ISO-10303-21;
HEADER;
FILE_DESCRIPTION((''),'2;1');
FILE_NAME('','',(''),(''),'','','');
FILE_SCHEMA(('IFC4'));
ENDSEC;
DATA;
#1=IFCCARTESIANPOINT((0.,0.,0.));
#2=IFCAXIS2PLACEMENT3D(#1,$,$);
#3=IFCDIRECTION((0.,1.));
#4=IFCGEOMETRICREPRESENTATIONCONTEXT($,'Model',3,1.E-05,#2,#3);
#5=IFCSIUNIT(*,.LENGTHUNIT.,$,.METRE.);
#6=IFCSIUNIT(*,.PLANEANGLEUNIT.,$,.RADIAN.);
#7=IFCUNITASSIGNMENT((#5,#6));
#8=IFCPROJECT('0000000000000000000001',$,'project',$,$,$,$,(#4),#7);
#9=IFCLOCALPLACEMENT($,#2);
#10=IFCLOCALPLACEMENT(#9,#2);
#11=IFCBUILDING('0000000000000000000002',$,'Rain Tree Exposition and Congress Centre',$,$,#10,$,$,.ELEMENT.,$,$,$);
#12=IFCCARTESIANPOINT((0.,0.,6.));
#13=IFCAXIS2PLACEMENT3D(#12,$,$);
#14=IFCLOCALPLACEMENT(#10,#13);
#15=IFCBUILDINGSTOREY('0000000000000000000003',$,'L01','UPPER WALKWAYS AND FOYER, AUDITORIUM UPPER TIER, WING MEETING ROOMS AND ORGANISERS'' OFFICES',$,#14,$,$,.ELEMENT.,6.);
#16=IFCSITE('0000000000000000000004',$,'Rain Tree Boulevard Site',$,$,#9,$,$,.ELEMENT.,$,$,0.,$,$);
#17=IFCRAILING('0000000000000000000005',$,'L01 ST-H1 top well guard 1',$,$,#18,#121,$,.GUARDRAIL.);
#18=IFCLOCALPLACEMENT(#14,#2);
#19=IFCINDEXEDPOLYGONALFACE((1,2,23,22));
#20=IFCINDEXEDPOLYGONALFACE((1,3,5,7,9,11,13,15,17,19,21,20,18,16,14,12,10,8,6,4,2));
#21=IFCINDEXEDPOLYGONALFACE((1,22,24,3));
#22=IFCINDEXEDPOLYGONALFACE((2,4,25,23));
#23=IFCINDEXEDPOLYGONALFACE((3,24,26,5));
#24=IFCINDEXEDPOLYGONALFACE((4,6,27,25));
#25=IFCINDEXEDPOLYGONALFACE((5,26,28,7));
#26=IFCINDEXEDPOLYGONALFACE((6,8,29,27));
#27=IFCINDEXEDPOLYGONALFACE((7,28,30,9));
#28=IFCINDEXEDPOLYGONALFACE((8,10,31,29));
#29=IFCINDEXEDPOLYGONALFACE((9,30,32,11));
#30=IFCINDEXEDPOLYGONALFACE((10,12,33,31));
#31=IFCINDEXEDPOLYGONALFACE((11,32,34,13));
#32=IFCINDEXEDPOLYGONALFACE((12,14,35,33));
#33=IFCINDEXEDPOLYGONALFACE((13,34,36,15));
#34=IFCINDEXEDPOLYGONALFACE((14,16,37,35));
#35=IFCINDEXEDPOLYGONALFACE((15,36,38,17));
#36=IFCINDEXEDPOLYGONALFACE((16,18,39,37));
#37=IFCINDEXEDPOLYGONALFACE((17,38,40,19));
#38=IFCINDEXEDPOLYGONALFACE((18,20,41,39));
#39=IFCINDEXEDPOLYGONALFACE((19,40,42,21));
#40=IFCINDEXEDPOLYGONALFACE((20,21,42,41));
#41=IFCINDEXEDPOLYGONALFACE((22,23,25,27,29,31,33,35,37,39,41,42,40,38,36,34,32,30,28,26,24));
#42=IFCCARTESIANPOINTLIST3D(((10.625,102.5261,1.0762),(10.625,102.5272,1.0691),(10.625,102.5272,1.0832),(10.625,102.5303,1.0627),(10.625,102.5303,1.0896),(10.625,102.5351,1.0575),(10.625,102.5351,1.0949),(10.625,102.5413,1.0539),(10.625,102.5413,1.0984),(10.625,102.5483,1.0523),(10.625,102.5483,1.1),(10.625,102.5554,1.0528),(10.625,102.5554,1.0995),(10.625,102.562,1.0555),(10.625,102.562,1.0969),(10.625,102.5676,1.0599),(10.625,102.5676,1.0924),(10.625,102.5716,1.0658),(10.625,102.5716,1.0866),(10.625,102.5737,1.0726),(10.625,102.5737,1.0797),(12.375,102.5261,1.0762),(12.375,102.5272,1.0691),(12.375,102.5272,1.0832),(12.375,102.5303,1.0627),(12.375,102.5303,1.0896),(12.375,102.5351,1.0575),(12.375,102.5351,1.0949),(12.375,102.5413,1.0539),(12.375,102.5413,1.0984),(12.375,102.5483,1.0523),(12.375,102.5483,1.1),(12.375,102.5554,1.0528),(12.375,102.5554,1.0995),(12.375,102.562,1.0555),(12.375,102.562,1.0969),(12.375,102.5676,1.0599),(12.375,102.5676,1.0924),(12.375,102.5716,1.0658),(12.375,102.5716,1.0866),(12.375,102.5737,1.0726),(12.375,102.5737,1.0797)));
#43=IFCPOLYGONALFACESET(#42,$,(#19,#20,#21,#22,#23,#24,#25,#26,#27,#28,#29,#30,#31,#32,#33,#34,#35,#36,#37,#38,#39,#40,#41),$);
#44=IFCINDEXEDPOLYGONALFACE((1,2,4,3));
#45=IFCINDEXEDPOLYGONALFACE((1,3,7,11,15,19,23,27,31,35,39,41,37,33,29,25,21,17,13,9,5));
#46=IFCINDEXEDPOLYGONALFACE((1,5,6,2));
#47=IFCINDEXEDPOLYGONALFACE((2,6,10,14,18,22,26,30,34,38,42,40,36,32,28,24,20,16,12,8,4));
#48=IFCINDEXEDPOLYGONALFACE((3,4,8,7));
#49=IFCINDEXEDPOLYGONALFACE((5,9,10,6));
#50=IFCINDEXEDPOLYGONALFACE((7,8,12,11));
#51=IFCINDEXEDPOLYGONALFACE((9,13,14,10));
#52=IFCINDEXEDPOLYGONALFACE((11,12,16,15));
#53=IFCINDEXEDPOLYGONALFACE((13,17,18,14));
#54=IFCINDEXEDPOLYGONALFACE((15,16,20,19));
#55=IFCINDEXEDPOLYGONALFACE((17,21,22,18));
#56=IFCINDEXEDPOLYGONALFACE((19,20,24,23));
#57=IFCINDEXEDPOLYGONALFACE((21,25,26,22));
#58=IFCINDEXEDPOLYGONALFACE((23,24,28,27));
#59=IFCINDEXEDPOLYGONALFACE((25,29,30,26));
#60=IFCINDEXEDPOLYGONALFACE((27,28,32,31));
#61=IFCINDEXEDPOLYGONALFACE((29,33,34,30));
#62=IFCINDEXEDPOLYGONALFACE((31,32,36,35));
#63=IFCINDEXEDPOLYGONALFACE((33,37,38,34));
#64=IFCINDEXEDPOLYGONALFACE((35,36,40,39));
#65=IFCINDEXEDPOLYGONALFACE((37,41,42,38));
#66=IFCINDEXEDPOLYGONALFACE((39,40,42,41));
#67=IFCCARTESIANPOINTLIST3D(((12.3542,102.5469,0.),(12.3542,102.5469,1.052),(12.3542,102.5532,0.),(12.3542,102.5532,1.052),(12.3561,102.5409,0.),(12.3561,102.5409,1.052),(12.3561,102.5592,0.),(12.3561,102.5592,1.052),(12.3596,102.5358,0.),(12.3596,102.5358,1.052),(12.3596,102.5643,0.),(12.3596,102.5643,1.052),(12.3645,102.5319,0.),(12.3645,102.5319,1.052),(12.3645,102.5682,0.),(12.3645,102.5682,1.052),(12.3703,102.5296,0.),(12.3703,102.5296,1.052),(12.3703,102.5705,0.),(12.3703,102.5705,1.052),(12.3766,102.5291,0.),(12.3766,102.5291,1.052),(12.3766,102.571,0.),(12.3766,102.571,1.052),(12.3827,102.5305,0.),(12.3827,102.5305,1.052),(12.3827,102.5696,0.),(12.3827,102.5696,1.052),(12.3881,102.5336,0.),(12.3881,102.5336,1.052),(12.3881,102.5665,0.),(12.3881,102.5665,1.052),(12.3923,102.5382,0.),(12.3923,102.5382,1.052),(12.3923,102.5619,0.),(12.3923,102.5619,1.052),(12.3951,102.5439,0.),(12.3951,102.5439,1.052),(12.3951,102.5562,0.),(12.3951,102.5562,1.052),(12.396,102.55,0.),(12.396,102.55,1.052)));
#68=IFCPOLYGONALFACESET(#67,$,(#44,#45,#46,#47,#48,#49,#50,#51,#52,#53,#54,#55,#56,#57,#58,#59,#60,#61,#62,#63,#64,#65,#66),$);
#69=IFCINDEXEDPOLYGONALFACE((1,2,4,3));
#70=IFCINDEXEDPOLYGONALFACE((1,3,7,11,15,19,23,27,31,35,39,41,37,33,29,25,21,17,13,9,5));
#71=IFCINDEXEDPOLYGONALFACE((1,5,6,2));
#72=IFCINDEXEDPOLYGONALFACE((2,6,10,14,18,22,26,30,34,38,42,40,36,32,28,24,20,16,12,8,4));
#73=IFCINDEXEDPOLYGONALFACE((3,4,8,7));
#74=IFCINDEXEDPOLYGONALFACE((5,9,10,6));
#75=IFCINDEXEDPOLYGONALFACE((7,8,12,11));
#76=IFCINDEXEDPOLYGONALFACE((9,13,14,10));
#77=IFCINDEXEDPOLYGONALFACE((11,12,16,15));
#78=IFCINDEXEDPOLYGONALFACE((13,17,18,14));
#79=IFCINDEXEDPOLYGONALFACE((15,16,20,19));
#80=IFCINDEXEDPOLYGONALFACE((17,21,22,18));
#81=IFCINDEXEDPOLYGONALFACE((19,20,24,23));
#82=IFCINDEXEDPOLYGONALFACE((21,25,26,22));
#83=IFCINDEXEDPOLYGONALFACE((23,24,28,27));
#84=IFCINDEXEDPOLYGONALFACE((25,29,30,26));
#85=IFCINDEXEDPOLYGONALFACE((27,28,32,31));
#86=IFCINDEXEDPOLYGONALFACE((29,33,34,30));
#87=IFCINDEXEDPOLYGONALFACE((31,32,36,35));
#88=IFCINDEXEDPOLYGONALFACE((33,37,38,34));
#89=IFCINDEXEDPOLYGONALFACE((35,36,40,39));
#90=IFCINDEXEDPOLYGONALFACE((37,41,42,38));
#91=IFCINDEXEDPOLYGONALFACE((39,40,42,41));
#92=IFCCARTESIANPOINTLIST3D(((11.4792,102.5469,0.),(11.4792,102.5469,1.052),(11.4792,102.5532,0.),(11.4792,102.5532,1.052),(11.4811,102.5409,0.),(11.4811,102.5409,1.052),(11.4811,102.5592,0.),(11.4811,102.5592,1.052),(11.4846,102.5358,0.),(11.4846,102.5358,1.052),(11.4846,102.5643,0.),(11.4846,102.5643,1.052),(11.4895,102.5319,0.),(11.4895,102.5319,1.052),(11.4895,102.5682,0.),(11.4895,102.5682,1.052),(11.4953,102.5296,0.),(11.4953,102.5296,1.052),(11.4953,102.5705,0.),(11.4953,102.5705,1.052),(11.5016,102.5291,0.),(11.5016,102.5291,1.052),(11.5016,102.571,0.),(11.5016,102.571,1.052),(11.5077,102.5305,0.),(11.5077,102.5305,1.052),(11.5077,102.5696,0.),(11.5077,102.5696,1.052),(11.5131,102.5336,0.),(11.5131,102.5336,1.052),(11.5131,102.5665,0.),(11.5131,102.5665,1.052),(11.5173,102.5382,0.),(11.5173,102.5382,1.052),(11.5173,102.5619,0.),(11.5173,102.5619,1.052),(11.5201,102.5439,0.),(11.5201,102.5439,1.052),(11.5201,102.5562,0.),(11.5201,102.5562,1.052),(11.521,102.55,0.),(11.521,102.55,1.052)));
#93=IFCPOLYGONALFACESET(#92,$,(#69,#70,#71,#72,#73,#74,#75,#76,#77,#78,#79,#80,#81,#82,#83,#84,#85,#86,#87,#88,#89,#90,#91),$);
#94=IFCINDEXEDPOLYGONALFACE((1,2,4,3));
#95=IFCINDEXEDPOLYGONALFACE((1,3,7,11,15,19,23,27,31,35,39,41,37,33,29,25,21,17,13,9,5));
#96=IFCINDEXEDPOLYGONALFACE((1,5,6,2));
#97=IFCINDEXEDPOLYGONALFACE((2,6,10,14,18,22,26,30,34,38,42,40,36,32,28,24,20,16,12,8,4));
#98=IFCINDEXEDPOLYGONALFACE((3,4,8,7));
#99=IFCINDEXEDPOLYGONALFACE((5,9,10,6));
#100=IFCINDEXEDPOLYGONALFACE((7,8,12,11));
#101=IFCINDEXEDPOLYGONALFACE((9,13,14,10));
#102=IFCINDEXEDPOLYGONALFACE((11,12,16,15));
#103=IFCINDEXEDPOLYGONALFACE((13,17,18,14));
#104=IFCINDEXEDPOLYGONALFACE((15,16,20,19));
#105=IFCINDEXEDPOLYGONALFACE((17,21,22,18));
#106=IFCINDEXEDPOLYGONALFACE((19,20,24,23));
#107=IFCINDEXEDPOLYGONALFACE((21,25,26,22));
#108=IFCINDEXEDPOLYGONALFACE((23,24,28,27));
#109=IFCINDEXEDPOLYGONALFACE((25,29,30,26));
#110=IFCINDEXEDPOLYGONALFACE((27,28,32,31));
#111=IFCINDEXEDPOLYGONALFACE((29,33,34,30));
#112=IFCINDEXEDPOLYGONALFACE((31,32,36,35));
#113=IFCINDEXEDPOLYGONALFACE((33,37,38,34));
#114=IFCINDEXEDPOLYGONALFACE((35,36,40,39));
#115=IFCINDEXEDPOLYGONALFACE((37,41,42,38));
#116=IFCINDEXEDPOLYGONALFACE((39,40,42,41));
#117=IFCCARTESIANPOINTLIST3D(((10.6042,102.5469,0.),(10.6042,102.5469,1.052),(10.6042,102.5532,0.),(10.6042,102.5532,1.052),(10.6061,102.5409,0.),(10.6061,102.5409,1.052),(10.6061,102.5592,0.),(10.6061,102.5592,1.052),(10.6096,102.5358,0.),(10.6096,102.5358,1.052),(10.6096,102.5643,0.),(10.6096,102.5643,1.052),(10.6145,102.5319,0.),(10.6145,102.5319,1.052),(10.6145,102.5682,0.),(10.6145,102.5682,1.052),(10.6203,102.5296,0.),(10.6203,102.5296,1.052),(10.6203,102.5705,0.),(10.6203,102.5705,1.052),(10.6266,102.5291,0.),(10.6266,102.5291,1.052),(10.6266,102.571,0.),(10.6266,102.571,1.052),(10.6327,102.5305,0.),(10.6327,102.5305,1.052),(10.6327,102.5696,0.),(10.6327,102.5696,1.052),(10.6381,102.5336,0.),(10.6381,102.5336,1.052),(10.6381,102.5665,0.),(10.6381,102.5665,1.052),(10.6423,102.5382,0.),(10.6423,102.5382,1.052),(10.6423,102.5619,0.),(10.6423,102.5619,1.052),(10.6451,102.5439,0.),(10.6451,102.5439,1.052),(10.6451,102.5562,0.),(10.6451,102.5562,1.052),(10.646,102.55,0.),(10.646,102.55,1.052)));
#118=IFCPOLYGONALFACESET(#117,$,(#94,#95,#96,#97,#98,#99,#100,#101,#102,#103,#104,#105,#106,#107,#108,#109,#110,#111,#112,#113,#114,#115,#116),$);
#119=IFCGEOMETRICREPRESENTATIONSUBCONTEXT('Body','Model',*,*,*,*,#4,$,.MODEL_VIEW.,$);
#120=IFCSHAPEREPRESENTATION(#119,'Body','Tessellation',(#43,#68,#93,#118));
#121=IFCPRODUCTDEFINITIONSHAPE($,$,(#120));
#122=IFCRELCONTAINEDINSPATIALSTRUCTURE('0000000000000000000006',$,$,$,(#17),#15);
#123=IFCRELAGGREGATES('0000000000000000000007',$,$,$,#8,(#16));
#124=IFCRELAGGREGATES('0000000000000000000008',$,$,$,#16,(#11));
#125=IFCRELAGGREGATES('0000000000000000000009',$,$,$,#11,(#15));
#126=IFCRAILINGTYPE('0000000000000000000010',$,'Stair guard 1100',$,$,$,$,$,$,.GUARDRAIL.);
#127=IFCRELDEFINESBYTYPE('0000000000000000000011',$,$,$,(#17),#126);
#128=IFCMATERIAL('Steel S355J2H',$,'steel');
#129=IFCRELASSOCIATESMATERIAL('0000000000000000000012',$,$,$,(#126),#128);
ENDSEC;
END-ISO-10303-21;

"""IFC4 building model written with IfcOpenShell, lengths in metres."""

from ifc_helpers import new_model, si_unit, direction, frame, origin, origin_2d, place, context, subcontext, project, spatial, circle, extrude, material, type_object, element, save


model = new_model("IFC4")

# Units and contexts
model_context = context("Model", 3, precision=1e-05, world=origin(), true_north=direction((0.0, 1.0)))
body_context = subcontext(model_context, "Body", "Model", "MODEL_VIEW")
ifc_project = project(units=[si_unit("LENGTHUNIT", "METRE"), si_unit("PLANEANGLEUNIT", "RADIAN")], contexts=[model_context])

# Site, building, storey
site_placement = place(None, origin())
site = spatial("IfcSite", under=ifc_project, at=site_placement, Name="Rain Tree Boulevard Site", CompositionType="ELEMENT", RefElevation=0.0)
building_placement = place(site_placement, origin())
building = spatial("IfcBuilding", under=site, at=building_placement, Name="Rain Tree Exposition and Congress Centre", CompositionType="ELEMENT")
storey_placement = place(building_placement, frame((0.0, 0.0, 6.0)))
storey = spatial("IfcBuildingStorey", under=building, at=storey_placement, Name="L01", Description="UPPER WALKWAYS AND FOYER, AUDITORIUM UPPER TIER, WING MEETING ROOMS AND ORGANISERS' OFFICES", CompositionType="ELEMENT", Elevation=6.0)

# Railing
ifc_material_1 = material(Name="Steel S355J2H", Category="steel")
railing_type = type_object("IfcRailingType", Name="Stair guard 1100", PredefinedType="GUARDRAIL", material=ifc_material_1)
railing_placement = place(storey_placement, frame((12.375, 102.55, 0.0)))
element("IfcRailing", 1, at=railing_placement, inside=storey, type_object=railing_type, Name="L01 ST-H1 top well guard 1", PredefinedType="GUARDRAIL", context=body_context, shape_type="SweptSolid", body=[
    extrude(circle(Radius=0.0239, at=origin_2d()), frame((0.0, 0.0, 1.0762), z_axis=(-1.0, 0.0, 0.0), x_axis=(0.0, -1.0, 0.0)), (0.0, 0.0, 1.0), 1.75),
    extrude(circle(Radius=0.021, at=origin_2d()), origin(), (0.0, 0.0, 1.0), 1.052),
    extrude(circle(Radius=0.021, at=origin_2d()), frame((-0.875, 0.0, 0.0)), (0.0, 0.0, 1.0), 1.052),
    extrude(circle(Radius=0.021, at=origin_2d()), frame((-1.75, 0.0, 0.0)), (0.0, 0.0, 1.0), 1.052),
])

save(model, "model.ifc")
